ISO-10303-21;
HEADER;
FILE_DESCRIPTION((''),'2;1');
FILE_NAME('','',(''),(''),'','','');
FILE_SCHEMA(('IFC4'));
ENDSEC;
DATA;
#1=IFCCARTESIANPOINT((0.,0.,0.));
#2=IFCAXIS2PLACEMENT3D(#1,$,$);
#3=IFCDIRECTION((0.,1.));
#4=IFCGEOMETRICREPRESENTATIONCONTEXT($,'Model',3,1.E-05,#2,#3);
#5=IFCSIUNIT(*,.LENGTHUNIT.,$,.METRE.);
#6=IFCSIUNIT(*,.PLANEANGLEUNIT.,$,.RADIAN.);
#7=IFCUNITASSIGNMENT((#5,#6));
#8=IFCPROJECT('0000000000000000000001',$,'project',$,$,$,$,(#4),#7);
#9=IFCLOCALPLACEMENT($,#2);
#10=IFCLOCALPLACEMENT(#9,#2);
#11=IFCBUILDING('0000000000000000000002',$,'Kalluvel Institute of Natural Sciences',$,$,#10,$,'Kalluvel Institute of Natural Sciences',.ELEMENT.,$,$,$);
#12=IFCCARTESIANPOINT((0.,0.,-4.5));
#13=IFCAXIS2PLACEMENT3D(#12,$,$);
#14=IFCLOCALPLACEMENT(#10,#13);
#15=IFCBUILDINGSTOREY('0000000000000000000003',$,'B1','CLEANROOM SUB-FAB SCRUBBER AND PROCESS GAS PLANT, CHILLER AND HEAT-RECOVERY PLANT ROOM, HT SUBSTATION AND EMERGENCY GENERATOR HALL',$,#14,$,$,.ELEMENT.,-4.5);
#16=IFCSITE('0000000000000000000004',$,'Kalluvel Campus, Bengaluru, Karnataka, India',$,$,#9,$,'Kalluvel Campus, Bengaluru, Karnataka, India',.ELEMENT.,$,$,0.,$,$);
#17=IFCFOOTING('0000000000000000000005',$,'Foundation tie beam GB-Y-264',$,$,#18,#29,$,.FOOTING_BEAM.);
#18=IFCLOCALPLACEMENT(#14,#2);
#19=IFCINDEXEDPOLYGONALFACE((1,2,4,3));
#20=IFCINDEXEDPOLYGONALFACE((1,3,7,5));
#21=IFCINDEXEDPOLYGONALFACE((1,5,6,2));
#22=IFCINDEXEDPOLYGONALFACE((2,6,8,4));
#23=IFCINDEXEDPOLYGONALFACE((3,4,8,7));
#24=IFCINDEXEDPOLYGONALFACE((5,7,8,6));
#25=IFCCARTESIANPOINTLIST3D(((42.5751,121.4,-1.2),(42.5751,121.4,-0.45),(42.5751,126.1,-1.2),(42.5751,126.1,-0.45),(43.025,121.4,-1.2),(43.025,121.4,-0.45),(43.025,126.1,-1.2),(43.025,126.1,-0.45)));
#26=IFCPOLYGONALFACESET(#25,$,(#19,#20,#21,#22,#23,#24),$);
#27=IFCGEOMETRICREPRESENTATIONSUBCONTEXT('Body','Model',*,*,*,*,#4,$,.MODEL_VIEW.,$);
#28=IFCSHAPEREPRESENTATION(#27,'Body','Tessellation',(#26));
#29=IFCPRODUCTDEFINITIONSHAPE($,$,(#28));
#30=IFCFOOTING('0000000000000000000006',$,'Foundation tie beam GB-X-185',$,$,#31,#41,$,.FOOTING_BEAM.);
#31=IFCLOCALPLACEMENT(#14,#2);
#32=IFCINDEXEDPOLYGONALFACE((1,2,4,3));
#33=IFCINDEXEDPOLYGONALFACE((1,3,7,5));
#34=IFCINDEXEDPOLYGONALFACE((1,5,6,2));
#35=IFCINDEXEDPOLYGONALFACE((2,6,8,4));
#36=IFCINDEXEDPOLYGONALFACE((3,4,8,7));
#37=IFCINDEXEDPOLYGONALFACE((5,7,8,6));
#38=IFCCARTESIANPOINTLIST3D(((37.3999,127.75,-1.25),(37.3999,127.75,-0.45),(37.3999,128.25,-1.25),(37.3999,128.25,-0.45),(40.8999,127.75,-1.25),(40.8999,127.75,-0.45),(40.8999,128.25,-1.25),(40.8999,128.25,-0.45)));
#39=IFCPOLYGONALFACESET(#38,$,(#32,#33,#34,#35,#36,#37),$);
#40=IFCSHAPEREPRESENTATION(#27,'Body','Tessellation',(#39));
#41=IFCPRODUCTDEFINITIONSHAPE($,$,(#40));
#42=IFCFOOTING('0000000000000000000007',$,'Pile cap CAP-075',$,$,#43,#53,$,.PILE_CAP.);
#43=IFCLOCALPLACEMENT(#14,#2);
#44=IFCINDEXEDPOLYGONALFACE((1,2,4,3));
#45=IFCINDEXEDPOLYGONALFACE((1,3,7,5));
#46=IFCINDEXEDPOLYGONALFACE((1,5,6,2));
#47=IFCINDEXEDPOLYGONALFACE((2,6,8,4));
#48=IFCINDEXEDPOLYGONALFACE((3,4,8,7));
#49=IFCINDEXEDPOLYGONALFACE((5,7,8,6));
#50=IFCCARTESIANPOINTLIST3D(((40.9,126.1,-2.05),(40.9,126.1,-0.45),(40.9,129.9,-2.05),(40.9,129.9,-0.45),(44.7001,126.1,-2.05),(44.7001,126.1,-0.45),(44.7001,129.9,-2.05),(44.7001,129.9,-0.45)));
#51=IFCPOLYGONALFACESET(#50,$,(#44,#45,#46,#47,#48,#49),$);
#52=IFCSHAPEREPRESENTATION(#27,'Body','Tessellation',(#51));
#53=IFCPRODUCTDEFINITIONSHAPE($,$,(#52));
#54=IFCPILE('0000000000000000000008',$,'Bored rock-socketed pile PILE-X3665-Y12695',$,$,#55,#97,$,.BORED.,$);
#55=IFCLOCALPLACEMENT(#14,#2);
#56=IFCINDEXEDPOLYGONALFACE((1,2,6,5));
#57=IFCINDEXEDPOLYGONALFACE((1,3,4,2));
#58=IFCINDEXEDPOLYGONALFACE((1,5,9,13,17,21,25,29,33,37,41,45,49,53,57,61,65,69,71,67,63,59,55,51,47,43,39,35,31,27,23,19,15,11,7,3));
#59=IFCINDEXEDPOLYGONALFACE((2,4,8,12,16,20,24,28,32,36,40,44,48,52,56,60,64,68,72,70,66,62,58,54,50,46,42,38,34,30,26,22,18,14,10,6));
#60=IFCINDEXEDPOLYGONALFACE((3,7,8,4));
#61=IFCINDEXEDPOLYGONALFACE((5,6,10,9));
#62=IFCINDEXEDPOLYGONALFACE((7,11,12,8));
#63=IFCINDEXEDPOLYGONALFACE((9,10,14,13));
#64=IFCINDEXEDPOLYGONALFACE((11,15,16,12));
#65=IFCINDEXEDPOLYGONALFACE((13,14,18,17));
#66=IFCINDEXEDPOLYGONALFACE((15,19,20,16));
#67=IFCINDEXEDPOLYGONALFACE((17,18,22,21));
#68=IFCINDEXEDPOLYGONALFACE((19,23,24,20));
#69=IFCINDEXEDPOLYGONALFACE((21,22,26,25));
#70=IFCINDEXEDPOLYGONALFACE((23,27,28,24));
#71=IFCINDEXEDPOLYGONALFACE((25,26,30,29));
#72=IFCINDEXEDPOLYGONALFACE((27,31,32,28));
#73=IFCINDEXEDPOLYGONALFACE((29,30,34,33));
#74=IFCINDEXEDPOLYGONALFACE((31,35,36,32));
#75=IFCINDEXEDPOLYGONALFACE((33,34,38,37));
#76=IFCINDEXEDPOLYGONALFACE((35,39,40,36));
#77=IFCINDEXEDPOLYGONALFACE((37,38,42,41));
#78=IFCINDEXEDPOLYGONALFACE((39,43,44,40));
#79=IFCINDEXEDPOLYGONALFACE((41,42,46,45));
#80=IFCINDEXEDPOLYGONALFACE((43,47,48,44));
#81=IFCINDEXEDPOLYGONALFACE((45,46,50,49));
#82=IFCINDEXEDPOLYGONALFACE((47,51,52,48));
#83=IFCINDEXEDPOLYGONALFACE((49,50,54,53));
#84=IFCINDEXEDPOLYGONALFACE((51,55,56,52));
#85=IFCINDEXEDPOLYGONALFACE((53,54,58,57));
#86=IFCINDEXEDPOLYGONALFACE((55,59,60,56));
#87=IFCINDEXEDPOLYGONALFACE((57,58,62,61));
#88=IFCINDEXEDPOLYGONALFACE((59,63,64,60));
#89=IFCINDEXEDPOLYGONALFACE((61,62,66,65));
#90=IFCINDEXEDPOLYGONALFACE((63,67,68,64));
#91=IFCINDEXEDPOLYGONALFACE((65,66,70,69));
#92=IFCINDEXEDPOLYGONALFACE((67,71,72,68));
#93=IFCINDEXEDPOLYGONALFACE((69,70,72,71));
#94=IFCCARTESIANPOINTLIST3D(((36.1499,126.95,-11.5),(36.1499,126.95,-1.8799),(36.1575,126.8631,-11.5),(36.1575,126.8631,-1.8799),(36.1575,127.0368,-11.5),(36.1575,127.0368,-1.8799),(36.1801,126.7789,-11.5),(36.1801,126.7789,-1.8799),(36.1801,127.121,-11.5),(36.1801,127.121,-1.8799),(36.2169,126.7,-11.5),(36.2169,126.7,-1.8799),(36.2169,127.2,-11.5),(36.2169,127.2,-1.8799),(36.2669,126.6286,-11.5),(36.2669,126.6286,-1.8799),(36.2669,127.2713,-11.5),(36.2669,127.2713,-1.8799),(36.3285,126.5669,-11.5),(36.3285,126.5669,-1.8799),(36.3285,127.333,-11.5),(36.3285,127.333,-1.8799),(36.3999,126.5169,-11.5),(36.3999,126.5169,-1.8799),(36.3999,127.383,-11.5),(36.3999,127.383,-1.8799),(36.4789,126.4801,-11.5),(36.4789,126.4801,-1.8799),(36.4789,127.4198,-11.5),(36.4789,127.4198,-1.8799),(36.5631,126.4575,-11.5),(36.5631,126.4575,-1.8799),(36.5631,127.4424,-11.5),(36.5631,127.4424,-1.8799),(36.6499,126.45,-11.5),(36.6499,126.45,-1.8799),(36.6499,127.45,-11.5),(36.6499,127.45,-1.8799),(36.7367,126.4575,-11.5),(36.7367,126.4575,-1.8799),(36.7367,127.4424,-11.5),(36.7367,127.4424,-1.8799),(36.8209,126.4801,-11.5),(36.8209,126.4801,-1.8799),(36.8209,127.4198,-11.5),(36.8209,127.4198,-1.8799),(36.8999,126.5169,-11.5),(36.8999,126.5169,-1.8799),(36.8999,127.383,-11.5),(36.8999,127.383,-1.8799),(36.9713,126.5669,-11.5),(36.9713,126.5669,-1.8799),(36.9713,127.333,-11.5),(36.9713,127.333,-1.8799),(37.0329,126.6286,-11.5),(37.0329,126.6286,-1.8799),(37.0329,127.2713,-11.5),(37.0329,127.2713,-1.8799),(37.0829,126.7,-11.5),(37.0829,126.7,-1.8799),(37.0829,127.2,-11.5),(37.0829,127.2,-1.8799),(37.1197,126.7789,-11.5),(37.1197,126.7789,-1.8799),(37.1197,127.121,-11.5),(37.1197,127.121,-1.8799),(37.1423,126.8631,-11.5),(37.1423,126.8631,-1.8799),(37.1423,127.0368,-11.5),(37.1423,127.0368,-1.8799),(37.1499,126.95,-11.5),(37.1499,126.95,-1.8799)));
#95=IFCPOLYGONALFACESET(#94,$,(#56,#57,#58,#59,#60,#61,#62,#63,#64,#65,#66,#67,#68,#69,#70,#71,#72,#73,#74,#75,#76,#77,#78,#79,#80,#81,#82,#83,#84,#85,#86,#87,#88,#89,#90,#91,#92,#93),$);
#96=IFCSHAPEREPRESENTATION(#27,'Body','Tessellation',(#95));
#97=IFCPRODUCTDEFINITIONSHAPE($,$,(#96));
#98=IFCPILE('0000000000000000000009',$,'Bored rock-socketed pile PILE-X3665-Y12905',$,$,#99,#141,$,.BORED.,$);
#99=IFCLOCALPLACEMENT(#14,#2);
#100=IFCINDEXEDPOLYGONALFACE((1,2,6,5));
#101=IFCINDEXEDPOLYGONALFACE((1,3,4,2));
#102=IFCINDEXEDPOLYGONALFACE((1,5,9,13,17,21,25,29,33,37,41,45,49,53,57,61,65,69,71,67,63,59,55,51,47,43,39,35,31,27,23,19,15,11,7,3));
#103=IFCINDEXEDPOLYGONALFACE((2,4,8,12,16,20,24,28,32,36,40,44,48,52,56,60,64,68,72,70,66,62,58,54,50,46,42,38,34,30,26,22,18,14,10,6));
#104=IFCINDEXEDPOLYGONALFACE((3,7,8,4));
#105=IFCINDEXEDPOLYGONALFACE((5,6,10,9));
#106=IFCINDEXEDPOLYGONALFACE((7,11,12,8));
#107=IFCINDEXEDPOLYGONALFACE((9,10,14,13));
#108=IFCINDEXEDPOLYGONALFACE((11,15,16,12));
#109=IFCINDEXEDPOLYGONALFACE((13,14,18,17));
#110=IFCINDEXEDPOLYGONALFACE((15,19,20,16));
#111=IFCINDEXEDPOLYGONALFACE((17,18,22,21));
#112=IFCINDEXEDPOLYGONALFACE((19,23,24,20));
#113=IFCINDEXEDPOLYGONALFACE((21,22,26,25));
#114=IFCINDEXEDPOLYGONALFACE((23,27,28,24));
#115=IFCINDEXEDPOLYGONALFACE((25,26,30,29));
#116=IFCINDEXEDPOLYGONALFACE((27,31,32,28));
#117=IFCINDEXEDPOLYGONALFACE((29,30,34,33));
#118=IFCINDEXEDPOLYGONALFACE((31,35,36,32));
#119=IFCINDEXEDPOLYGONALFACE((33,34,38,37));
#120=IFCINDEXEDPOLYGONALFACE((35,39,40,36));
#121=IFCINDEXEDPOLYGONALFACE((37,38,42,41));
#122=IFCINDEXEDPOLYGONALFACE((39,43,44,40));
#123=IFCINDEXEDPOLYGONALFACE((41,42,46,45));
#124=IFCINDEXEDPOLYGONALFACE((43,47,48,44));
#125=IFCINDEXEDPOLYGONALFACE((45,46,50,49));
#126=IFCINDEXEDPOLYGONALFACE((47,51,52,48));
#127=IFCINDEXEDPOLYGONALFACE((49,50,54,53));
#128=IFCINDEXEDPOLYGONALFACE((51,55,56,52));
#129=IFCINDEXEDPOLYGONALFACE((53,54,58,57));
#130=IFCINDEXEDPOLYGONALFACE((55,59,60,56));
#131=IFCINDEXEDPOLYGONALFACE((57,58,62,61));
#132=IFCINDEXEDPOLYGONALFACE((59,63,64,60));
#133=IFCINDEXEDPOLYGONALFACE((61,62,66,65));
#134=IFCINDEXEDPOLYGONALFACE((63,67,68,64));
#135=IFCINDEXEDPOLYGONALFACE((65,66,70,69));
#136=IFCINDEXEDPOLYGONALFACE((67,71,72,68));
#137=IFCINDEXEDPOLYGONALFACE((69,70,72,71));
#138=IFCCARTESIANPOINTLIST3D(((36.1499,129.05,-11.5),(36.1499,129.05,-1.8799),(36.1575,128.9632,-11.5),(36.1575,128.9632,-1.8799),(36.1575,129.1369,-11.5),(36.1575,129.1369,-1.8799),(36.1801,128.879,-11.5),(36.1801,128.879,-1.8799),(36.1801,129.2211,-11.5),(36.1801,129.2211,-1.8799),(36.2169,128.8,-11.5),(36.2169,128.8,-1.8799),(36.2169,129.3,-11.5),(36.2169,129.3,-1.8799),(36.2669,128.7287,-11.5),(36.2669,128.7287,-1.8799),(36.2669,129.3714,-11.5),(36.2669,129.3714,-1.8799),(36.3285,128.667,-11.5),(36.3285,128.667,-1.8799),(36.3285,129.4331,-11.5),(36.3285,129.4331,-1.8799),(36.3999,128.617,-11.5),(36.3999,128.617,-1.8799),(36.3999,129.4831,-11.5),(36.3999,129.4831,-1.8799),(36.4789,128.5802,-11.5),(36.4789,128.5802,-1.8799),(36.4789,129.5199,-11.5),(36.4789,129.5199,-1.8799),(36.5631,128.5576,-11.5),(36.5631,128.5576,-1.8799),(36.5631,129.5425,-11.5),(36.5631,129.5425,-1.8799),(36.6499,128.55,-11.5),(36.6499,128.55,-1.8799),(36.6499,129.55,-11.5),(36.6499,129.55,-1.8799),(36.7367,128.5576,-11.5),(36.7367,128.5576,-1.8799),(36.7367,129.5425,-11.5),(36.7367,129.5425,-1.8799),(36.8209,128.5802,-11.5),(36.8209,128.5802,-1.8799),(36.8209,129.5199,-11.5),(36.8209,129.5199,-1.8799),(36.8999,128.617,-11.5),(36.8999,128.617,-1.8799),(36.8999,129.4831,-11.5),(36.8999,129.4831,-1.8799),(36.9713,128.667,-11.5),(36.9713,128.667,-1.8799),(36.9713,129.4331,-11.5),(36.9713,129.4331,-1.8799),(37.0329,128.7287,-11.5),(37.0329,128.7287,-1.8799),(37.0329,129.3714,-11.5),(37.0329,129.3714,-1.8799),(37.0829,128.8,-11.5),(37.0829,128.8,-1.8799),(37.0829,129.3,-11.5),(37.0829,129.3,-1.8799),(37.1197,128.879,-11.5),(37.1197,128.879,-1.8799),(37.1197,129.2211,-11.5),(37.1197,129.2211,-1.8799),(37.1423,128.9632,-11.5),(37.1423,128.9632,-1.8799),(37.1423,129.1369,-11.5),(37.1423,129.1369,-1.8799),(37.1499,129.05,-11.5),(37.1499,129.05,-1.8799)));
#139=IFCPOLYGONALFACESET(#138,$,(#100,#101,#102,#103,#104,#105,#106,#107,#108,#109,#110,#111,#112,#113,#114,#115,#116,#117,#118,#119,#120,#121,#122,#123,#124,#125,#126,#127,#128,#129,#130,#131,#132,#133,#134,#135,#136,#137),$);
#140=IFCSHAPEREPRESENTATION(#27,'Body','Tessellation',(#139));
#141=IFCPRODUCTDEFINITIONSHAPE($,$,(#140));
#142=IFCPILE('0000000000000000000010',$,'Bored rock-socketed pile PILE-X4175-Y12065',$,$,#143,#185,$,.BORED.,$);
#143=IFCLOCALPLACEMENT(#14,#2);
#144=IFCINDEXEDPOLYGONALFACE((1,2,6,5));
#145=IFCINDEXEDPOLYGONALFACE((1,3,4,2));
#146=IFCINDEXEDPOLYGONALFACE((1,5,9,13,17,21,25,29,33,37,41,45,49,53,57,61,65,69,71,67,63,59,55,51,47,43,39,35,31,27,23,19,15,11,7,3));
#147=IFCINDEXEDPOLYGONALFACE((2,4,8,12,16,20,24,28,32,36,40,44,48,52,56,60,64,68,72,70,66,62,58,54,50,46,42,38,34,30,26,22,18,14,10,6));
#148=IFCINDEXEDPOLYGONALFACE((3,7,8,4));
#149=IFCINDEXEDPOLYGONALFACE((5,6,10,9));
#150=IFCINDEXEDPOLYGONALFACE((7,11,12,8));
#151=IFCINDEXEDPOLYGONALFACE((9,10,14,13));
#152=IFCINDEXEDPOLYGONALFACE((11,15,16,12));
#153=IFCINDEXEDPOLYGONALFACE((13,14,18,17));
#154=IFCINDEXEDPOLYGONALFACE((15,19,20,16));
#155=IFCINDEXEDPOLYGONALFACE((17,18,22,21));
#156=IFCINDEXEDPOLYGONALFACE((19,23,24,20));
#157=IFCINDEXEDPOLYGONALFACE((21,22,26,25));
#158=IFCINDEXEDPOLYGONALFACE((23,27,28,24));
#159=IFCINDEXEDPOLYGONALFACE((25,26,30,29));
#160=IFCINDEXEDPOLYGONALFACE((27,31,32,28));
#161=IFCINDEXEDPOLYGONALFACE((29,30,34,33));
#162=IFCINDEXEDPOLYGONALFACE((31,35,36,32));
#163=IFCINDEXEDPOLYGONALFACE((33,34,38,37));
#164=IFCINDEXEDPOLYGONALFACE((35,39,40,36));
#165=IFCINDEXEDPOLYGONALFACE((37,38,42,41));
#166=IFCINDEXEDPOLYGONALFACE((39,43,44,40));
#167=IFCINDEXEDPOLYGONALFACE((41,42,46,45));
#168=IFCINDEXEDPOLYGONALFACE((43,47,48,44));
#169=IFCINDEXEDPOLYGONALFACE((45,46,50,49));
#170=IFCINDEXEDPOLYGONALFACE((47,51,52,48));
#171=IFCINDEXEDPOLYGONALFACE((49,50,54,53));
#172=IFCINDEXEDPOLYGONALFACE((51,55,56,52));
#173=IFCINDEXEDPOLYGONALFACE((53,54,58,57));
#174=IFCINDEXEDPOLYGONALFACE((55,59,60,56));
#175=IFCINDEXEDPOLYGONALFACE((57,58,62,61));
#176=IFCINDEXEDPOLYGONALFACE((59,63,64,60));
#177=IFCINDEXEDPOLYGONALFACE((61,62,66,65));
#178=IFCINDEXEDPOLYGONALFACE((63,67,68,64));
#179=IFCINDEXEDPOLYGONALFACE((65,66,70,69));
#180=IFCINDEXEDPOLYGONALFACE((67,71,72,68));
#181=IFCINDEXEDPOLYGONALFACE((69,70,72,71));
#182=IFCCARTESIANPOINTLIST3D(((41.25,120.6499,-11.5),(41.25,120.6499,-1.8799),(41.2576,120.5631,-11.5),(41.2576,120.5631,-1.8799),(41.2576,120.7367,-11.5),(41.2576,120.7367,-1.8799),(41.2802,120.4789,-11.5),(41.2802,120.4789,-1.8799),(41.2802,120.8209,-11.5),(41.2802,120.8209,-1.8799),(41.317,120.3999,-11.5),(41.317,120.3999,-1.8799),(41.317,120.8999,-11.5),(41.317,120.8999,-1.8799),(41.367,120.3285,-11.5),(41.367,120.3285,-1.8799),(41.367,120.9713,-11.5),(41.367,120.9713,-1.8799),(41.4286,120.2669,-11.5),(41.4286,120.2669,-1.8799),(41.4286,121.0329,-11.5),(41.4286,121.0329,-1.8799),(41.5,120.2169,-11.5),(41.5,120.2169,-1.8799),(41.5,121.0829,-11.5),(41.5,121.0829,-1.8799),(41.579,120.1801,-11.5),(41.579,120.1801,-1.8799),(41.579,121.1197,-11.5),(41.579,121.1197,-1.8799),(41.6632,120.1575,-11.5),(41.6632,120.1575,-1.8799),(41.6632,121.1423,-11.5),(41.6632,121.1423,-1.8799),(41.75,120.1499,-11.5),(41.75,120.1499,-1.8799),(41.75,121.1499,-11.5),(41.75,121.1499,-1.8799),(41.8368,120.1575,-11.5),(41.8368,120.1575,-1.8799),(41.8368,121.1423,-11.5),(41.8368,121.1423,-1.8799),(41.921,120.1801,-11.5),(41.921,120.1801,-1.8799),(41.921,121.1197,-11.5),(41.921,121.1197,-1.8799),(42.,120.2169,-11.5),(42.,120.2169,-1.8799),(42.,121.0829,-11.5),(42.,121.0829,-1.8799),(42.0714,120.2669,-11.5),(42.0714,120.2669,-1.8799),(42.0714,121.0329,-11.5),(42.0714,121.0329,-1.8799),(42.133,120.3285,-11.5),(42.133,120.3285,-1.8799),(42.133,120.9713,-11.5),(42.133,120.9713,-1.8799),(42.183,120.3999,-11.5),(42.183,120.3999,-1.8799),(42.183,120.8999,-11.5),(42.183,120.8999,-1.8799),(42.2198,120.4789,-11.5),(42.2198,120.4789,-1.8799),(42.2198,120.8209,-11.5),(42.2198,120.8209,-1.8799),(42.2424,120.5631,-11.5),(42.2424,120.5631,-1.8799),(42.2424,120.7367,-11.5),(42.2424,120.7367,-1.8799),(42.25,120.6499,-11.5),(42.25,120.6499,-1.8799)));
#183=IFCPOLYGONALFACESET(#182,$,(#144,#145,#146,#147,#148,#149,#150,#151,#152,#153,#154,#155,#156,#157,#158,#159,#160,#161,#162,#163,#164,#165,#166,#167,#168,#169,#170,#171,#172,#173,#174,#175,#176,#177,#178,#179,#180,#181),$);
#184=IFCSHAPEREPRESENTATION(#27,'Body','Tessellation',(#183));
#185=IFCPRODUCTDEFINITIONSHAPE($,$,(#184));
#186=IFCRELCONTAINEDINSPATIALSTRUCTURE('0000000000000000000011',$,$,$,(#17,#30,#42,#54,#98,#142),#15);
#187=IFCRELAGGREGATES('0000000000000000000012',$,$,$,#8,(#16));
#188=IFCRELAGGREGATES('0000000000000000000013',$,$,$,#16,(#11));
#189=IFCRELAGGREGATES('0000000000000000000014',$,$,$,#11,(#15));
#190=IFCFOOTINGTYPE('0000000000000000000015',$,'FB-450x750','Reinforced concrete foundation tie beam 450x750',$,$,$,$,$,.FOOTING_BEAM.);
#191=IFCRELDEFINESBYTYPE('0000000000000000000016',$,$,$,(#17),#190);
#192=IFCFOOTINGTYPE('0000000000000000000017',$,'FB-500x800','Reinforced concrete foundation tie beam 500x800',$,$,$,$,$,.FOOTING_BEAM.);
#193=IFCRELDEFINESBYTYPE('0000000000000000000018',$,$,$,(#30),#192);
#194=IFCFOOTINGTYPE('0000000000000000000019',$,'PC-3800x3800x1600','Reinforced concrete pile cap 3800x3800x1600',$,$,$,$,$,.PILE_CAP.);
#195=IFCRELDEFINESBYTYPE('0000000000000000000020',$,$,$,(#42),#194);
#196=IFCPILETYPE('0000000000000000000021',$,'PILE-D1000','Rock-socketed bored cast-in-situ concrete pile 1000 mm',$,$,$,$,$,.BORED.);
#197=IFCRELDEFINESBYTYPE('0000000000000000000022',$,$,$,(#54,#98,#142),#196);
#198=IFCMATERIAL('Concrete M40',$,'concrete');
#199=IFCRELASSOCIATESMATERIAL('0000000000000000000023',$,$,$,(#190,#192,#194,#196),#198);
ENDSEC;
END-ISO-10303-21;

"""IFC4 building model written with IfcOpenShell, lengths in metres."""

from ifc_helpers import new_model, si_unit, direction, frame, origin, origin_2d, place, context, subcontext, project, spatial, rectangle, circle, extrude, material, material_profile, profile_set, type_object, element, save


model = new_model("IFC4")

# Units and contexts
model_context = context("Model", 3, precision=1e-05, world=origin(), true_north=direction((0.0, 1.0)))
body_context = subcontext(model_context, "Body", "Model", "MODEL_VIEW")
ifc_project = project(units=[si_unit("LENGTHUNIT", "METRE"), si_unit("PLANEANGLEUNIT", "RADIAN")], contexts=[model_context])

# Site, building, storey
site_placement = place(None, origin())
site = spatial("IfcSite", under=ifc_project, at=site_placement, Name="Kalluvel Campus, Bengaluru, Karnataka, India", LongName="Kalluvel Campus, Bengaluru, Karnataka, India", CompositionType="ELEMENT", RefElevation=0.0)
building_placement = place(site_placement, origin())
building = spatial("IfcBuilding", under=site, at=building_placement, Name="Kalluvel Institute of Natural Sciences", LongName="Kalluvel Institute of Natural Sciences", CompositionType="ELEMENT")
storey_placement = place(building_placement, frame((0.0, 0.0, -4.5)))
storey = spatial("IfcBuildingStorey", under=building, at=storey_placement, Name="B1", Description="CLEANROOM SUB-FAB SCRUBBER AND PROCESS GAS PLANT, CHILLER AND HEAT-RECOVERY PLANT ROOM, HT SUBSTATION AND EMERGENCY GENERATOR HALL", CompositionType="ELEMENT", Elevation=-4.5)

# Footings
ifc_material_1 = material(Name="Concrete M40", Category="concrete")
footing_type_1 = type_object("IfcFootingType", Name="FB-450x750", Description="Reinforced concrete foundation tie beam 450x750", PredefinedType="FOOTING_BEAM", material=ifc_material_1)
footing_1_placement = place(storey_placement, frame((42.8, 123.75, -1.2), z_axis=(0.0, 0.0, 1.0), x_axis=(1.0, 0.0, 0.0)))
element("IfcFooting", 1, at=footing_1_placement, inside=storey, type_object=footing_type_1, Name="Foundation tie beam GB-Y-264", PredefinedType="FOOTING_BEAM", context=body_context, shape_type="SweptSolid", body=[
    extrude(rectangle(XDim=0.45, YDim=4.7, at=origin_2d()), origin(), (0.0, 0.0, 1.0), 0.75),
])
footing_type_2 = type_object("IfcFootingType", Name="FB-500x800", Description="Reinforced concrete foundation tie beam 500x800", PredefinedType="FOOTING_BEAM", material=ifc_material_1)
footing_2_placement = place(storey_placement, frame((39.1499, 128.0, -1.25), z_axis=(0.0, 0.0, 1.0), x_axis=(1.0, 0.0, 0.0)))
element("IfcFooting", 2, at=footing_2_placement, inside=storey, type_object=footing_type_2, Name="Foundation tie beam GB-X-185", PredefinedType="FOOTING_BEAM", context=body_context, shape_type="SweptSolid", body=[
    extrude(rectangle(XDim=3.5, YDim=0.5, at=origin_2d()), origin(), (0.0, 0.0, 1.0), 0.8),
])
footing_type_3 = type_object("IfcFootingType", Name="PC-3800x3800x1600", Description="Reinforced concrete pile cap 3800x3800x1600", PredefinedType="PILE_CAP", material=ifc_material_1)
footing_3_placement = place(storey_placement, frame((42.8, 128.0, -2.05), z_axis=(0.0, 0.0, 1.0), x_axis=(1.0, 0.0, 0.0)))
element("IfcFooting", 3, at=footing_3_placement, inside=storey, type_object=footing_type_3, Name="Pile cap CAP-075", PredefinedType="PILE_CAP", context=body_context, shape_type="SweptSolid", body=[
    extrude(rectangle(XDim=3.8, YDim=3.8, at=origin_2d()), origin(), (0.0, 0.0, 1.0), 1.6001),
])

# Piles
ifc_material_profile_1 = material_profile(ifc_material_1, circle(Radius=0.5, at=origin_2d()), Name="PILE D1000")
ifc_profile_set_1 = profile_set([ifc_material_profile_1], Name="Concrete M40")
pile_type_1 = type_object("IfcPileType", Name="PILE-D1000", Description="Rock-socketed bored cast-in-situ concrete pile 1000 mm", PredefinedType="BORED", material=ifc_profile_set_1)
for number, where, z_axis, x_axis, name in (
    (4, (36.6499, 126.95, -1.8799), (0.0, 0.0, -1.0), (1.0, 0.0, 0.0), "Bored rock-socketed pile PILE-X3665-Y12695"),
    (5, (36.6499, 129.05, -1.8799), (0.0, 0.0, -1.0), (1.0, 0.0, 0.0), "Bored rock-socketed pile PILE-X3665-Y12905"),
    (6, (41.75, 120.6499, -1.8799), (0.0, 0.0, -1.0), (1.0, 0.0, 0.0), "Bored rock-socketed pile PILE-X4175-Y12065"),
):
    element("IfcPile", number, at=place(storey_placement, frame(where, z_axis=z_axis, x_axis=x_axis)), inside=storey, type_object=pile_type_1, Name=name, PredefinedType="BORED", context=body_context, shape_type="SweptSolid", body=[
        extrude(circle(Radius=0.5, at=origin_2d()), origin(), (0.0, 0.0, 1.0), 9.6201),
    ])

save(model, "model.ifc")
